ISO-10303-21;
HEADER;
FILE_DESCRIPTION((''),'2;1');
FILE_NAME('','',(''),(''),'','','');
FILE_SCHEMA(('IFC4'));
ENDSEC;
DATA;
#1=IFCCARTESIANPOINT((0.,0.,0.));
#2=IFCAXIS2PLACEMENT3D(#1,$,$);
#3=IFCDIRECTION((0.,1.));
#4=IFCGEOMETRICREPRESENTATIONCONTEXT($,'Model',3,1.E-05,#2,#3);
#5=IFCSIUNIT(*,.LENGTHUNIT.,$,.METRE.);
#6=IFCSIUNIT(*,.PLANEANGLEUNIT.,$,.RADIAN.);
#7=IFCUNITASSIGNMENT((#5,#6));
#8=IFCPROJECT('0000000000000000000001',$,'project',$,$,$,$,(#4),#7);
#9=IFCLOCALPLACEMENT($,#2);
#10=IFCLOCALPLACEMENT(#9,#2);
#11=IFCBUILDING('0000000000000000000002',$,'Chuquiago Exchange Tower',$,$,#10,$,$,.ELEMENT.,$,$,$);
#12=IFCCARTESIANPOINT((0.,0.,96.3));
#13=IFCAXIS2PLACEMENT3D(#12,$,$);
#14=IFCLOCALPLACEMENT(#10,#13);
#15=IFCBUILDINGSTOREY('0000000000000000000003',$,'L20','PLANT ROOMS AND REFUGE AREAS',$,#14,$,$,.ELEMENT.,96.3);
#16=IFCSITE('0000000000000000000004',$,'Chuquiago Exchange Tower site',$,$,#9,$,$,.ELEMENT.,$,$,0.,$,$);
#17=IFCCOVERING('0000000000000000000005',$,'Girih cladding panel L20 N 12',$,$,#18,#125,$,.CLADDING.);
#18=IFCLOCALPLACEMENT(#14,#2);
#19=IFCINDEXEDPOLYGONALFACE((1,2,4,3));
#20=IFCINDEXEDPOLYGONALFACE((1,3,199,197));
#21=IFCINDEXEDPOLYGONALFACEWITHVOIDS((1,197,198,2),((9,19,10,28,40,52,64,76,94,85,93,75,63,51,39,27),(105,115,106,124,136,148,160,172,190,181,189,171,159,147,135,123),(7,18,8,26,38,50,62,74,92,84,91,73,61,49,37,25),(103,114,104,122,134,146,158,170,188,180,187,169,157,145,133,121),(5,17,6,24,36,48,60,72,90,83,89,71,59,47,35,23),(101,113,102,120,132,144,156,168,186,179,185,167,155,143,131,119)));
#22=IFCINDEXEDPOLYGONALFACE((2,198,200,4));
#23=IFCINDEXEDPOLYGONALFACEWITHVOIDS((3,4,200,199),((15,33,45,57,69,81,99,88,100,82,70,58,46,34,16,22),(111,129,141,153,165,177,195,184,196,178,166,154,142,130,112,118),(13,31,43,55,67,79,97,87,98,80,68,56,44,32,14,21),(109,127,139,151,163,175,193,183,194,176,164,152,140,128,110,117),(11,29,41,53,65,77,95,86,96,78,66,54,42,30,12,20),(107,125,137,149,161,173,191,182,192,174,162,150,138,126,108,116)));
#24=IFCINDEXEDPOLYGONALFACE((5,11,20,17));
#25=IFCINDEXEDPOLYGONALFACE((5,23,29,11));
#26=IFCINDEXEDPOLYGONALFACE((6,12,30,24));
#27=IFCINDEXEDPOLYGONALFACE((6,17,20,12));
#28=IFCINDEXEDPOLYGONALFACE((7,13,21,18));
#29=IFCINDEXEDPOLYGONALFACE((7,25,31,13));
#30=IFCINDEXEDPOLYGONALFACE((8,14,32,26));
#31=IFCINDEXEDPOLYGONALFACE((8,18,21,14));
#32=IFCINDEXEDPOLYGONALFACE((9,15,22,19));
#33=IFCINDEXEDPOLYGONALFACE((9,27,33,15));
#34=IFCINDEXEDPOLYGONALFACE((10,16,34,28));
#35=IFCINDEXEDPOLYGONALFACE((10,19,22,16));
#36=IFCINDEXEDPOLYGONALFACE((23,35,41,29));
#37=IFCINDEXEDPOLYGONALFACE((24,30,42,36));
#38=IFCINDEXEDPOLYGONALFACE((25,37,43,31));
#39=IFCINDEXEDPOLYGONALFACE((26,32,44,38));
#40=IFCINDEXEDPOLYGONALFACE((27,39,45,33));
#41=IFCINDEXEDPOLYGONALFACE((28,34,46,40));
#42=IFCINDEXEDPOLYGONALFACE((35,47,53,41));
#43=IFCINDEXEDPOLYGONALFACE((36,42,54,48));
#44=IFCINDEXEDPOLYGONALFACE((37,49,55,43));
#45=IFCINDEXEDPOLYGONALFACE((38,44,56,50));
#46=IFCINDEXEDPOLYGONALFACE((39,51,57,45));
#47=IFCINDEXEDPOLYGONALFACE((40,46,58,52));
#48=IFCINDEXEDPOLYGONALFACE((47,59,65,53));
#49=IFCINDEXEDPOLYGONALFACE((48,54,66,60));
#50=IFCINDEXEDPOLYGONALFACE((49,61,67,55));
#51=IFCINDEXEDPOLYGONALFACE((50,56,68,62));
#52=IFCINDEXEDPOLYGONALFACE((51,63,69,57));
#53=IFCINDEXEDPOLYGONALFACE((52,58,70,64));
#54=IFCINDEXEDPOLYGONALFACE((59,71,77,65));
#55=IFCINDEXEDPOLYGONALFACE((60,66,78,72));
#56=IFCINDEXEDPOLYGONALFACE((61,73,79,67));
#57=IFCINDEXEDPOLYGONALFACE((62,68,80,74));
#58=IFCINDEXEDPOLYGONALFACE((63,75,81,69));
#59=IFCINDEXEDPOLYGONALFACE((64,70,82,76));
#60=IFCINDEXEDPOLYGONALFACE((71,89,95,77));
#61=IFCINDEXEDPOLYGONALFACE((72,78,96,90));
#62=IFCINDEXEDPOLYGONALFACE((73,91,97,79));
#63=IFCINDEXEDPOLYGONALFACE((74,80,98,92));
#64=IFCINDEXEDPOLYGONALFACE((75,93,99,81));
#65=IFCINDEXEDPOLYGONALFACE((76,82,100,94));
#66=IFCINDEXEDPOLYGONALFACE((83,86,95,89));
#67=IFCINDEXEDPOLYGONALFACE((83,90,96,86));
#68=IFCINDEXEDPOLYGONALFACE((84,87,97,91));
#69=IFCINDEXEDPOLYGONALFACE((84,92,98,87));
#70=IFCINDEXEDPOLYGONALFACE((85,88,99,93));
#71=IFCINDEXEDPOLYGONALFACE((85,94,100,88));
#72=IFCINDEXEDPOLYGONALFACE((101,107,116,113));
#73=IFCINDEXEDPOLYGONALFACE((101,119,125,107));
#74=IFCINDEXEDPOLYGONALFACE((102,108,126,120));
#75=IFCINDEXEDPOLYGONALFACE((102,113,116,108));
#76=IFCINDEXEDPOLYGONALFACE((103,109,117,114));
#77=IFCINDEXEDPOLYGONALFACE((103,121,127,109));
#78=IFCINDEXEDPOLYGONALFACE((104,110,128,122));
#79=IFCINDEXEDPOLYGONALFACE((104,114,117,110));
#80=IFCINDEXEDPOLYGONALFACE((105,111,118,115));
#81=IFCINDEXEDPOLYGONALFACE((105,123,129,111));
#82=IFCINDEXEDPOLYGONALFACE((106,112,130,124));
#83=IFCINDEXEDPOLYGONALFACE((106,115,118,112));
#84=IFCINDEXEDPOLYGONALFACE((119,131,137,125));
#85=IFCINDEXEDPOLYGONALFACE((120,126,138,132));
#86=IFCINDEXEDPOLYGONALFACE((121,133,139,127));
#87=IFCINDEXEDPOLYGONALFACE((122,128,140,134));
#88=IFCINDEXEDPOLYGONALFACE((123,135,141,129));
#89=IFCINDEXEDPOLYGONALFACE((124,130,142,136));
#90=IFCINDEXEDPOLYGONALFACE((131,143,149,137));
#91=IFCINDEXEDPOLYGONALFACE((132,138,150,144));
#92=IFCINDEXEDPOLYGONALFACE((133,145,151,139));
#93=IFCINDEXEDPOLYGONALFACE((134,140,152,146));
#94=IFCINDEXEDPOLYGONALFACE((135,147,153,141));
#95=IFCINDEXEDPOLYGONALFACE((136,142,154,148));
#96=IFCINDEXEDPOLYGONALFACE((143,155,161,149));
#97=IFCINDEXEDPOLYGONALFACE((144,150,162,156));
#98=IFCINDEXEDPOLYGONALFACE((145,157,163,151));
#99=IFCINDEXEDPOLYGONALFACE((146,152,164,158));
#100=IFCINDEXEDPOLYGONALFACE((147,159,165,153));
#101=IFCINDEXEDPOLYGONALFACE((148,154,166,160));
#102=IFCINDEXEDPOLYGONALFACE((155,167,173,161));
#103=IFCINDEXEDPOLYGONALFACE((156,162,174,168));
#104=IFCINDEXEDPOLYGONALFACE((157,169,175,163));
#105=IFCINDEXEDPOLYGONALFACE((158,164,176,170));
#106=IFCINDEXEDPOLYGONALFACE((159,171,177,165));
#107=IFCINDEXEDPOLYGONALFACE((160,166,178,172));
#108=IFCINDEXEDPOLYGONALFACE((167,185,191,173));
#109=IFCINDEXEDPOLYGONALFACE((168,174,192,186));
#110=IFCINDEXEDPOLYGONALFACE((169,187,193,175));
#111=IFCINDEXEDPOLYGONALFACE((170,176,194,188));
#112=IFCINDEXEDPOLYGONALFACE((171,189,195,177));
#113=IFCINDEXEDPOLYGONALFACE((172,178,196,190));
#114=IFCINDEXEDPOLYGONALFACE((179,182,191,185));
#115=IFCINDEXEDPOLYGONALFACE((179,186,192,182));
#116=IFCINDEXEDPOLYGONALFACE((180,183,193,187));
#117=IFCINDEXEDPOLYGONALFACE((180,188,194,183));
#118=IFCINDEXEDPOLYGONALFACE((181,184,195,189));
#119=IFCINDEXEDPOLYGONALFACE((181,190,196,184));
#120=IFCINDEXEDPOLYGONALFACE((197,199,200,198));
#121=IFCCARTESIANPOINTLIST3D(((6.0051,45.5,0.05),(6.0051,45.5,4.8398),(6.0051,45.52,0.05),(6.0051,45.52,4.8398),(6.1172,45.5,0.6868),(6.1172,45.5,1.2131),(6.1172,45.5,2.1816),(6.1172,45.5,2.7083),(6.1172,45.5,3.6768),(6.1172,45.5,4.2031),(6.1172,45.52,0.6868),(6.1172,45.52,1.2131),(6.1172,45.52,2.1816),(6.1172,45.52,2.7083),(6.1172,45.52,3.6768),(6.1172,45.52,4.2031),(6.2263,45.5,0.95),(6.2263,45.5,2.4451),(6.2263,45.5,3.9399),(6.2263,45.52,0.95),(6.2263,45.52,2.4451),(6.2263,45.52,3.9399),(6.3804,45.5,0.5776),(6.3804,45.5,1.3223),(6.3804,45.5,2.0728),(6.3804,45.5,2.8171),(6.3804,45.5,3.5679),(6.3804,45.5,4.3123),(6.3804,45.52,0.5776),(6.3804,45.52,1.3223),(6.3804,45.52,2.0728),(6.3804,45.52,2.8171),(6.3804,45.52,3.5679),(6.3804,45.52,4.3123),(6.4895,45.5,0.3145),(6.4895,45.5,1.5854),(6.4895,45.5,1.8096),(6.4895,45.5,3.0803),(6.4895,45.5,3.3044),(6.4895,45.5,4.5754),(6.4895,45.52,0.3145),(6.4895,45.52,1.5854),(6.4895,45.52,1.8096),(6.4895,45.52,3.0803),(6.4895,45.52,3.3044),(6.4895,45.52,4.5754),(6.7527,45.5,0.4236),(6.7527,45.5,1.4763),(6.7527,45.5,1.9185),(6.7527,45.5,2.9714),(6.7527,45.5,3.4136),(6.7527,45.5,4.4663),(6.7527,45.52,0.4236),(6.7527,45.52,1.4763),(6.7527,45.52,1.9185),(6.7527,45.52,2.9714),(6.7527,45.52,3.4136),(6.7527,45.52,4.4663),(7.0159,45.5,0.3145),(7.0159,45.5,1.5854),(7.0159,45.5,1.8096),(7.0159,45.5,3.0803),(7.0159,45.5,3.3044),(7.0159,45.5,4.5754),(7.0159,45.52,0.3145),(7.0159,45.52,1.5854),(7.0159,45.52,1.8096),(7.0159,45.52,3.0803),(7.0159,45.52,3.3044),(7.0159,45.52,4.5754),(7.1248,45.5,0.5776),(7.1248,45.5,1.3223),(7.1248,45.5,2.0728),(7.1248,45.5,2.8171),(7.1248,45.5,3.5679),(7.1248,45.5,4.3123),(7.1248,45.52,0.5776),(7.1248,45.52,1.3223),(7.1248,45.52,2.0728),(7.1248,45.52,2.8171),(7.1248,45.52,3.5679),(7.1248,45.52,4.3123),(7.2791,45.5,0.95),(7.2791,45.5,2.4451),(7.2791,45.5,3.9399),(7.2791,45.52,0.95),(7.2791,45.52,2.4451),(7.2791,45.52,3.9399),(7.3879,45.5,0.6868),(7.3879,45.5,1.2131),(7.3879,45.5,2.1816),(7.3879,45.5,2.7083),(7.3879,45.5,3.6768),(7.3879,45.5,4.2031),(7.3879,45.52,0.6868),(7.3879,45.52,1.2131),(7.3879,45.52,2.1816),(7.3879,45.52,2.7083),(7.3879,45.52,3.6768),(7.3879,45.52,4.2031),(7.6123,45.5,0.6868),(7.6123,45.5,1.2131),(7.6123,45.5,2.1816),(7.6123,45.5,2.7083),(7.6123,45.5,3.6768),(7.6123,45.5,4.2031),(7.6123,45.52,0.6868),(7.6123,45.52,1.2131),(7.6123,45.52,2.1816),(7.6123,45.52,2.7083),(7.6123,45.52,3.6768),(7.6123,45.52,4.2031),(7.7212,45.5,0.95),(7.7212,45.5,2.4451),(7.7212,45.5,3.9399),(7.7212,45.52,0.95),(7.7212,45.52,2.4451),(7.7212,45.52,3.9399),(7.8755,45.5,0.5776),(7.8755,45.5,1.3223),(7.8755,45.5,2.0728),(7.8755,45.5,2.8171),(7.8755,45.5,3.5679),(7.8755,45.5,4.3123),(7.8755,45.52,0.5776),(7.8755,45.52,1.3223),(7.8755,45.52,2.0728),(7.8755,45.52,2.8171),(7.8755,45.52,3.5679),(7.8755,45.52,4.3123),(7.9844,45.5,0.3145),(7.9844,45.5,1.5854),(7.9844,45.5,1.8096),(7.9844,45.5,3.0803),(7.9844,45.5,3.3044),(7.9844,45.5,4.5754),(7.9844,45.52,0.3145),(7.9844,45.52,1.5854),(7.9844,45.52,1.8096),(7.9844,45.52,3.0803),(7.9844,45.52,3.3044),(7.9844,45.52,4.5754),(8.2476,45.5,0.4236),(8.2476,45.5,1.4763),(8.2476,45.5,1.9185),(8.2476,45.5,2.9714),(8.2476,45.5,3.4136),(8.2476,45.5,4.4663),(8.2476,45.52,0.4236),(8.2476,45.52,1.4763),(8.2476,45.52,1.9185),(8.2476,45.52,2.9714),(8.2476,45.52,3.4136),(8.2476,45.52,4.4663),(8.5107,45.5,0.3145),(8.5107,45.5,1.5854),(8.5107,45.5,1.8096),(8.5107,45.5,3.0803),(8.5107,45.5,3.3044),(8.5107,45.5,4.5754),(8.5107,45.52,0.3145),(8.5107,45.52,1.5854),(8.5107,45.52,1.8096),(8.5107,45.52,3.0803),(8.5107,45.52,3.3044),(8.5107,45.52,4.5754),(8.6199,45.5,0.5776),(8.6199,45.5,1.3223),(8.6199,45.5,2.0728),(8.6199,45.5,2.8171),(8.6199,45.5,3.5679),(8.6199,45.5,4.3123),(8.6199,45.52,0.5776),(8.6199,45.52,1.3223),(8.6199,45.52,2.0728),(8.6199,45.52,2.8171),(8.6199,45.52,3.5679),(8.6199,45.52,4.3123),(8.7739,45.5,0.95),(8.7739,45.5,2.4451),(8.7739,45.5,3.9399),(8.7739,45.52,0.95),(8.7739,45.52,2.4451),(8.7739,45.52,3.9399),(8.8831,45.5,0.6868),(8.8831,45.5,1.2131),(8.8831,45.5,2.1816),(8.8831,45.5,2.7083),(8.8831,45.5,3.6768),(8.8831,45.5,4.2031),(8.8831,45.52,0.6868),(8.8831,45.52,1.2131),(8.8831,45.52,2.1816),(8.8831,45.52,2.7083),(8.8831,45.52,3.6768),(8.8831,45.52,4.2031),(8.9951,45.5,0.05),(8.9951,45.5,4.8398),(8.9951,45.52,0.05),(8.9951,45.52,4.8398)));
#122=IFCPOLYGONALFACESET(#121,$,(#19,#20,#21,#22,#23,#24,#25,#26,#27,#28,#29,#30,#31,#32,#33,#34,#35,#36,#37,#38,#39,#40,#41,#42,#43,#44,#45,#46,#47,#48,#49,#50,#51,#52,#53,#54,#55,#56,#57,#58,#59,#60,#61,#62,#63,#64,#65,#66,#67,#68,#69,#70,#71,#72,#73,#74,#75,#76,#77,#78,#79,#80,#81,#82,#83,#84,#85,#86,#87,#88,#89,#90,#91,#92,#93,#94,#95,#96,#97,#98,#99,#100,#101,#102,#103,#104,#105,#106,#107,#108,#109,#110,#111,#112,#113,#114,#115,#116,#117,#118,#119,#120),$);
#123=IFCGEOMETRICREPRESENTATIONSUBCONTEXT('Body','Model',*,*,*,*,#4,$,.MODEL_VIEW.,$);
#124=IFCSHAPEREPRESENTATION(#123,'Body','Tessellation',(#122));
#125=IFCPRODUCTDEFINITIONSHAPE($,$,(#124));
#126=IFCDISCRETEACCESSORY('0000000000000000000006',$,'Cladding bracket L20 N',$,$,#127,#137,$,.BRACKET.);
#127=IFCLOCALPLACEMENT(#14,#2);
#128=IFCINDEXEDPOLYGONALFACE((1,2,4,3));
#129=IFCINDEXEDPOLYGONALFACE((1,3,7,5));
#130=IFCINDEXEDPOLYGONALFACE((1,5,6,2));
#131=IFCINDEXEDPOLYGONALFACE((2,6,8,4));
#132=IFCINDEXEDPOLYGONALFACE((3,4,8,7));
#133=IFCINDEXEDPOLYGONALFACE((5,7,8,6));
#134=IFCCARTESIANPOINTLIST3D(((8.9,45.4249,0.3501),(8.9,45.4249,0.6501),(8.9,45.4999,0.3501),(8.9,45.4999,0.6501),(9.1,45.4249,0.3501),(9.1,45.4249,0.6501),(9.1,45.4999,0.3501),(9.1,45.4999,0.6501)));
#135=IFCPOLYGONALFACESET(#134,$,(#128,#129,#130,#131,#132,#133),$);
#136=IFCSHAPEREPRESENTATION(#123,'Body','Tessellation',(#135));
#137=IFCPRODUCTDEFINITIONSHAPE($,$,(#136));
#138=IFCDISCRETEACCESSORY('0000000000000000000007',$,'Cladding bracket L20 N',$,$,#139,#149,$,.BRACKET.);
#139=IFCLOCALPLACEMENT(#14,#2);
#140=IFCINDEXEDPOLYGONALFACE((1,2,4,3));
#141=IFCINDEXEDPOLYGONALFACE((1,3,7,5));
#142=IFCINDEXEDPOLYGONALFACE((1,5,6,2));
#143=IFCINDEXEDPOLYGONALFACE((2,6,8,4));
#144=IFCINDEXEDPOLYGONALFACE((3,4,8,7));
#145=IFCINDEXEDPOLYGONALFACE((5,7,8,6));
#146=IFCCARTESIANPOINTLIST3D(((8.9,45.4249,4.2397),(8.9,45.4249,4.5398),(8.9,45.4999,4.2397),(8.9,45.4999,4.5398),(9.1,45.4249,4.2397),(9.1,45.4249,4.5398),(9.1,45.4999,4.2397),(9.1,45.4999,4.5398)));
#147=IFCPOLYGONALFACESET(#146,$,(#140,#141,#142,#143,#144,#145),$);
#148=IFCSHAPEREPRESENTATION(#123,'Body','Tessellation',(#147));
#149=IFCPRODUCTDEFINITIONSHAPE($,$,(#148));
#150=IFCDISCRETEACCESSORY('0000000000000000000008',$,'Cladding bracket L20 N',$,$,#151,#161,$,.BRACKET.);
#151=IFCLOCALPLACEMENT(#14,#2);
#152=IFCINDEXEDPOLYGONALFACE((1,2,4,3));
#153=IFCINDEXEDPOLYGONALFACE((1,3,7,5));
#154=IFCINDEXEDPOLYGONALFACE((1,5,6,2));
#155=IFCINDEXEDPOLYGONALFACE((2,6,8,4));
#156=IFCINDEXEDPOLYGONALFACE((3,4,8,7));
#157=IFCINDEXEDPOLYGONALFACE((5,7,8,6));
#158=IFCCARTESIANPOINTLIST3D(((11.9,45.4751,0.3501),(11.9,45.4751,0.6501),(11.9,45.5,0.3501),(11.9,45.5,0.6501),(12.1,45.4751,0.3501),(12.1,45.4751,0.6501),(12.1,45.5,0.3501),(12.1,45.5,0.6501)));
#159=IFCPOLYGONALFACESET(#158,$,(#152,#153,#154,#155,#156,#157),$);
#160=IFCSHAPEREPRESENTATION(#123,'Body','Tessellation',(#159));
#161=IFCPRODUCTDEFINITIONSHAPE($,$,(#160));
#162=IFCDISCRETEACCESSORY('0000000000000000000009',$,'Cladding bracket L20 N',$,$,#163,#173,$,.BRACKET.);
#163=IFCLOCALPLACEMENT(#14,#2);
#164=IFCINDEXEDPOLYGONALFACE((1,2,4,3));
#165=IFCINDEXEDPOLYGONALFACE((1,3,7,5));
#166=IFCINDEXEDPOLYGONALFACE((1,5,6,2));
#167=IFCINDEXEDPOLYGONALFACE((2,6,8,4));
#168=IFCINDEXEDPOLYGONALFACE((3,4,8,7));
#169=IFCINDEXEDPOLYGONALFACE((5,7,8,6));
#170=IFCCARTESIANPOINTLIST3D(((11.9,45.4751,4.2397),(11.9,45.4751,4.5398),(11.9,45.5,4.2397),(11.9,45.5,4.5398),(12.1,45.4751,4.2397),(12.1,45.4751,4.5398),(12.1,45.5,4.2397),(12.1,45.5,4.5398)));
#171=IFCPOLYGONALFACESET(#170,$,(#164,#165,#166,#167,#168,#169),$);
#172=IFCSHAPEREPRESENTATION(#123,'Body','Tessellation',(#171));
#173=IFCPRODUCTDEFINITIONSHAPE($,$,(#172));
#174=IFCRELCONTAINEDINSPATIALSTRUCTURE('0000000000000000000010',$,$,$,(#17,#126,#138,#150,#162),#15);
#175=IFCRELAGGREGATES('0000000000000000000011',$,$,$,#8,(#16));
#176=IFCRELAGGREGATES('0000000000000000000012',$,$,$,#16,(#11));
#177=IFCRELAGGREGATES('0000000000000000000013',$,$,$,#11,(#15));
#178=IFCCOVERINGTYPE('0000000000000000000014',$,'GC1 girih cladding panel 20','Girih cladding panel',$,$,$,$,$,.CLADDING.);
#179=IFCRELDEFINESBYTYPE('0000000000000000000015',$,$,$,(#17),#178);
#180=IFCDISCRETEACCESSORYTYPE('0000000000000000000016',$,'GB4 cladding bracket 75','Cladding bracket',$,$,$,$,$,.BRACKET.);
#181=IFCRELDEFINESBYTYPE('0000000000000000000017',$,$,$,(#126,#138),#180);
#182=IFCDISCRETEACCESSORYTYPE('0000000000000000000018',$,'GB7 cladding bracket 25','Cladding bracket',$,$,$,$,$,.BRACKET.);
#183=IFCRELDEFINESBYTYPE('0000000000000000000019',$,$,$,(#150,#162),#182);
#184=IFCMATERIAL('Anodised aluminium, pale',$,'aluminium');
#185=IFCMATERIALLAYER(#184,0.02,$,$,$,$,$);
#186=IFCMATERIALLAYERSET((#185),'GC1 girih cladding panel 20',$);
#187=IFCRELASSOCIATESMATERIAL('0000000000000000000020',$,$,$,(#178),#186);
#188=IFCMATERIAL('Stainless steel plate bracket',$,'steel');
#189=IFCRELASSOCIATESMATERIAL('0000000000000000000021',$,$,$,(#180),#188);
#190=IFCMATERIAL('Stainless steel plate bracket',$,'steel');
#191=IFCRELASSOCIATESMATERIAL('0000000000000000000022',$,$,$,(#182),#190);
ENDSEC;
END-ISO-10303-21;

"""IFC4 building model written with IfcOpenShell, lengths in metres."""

from ifc_helpers import new_model, si_unit, direction, frame, origin, origin_2d, place, context, subcontext, project, spatial, polyline, rectangle, outline, extrude, material, layer, layer_set, type_object, element, save


model = new_model("IFC4")

# Units and contexts
model_context = context("Model", 3, precision=1e-05, world=origin(), true_north=direction((0.0, 1.0)))
body_context = subcontext(model_context, "Body", "Model", "MODEL_VIEW")
ifc_project = project(units=[si_unit("LENGTHUNIT", "METRE"), si_unit("PLANEANGLEUNIT", "RADIAN")], contexts=[model_context])

# Site, building, storey
site_placement = place(None, origin())
site = spatial("IfcSite", under=ifc_project, at=site_placement, Name="Chuquiago Exchange Tower site", CompositionType="ELEMENT", RefElevation=0.0)
building_placement = place(site_placement, origin())
building = spatial("IfcBuilding", under=site, at=building_placement, Name="Chuquiago Exchange Tower", CompositionType="ELEMENT")
storey_placement = place(building_placement, frame((0.0, 0.0, 96.3)))
storey = spatial("IfcBuildingStorey", under=building, at=storey_placement, Name="L20", Description="PLANT ROOMS AND REFUGE AREAS", CompositionType="ELEMENT", Elevation=96.3)

# Covering
ifc_material_1 = material(Name="Anodised aluminium, pale", Category="aluminium")
ifc_layer_1 = layer(ifc_material_1, 0.02)
ifc_layer_set_1 = layer_set([ifc_layer_1], Name="GC1 girih cladding panel 20")
covering_type = type_object("IfcCoveringType", Name="GC1 girih cladding panel 20", Description="Girih cladding panel", PredefinedType="CLADDING", material=ifc_layer_set_1)
covering_1_placement = place(storey_placement, frame((8.9951, 45.5, 0.05), z_axis=(0.0, 0.0, 1.0), x_axis=(-1.0, 0.0, 0.0)))
element("IfcCovering", 1, at=covering_1_placement, inside=storey, type_object=covering_type, Name="Girih cladding panel L20 N 12", PredefinedType="CLADDING", context=body_context, shape_type="SweptSolid", body=[
    extrude(outline(polyline([(0.0, 0.0), (2.99, 0.0), (2.99, 4.7898), (0.0, 4.7898), (0.0, 0.0)]), holes=[polyline([(1.2739, 0.8999), (1.3828, 1.1631), (1.1196, 1.2722), (1.0107, 1.5354), (0.7476, 1.4263), (0.4844, 1.5354), (0.3752, 1.2722), (0.1121, 1.1631), (0.2212, 0.8999), (0.1121, 0.6367), (0.3752, 0.5276), (0.4844, 0.2644), (0.7476, 0.3735), (1.0107, 0.2644), (1.1196, 0.5276), (1.3828, 0.6367), (1.2739, 0.8999)]), polyline([(2.7688, 0.8999), (2.8779, 1.1631), (2.6147, 1.2722), (2.5056, 1.5354), (2.2424, 1.4263), (1.9792, 1.5354), (1.8704, 1.2722), (1.6072, 1.1631), (1.7161, 0.8999), (1.6072, 0.6367), (1.8704, 0.5276), (1.9792, 0.2644), (2.2424, 0.3735), (2.5056, 0.2644), (2.6147, 0.5276), (2.8779, 0.6367), (2.7688, 0.8999)]), polyline([(1.2739, 2.395), (1.3828, 2.6582), (1.1196, 2.7671), (1.0107, 3.0303), (0.7476, 2.9214), (0.4844, 3.0303), (0.3752, 2.7671), (0.1121, 2.6582), (0.2212, 2.395), (0.1121, 2.1316), (0.3752, 2.0227), (0.4844, 1.7595), (0.7476, 1.8684), (1.0107, 1.7595), (1.1196, 2.0227), (1.3828, 2.1316), (1.2739, 2.395)]), polyline([(2.7688, 2.395), (2.8779, 2.6582), (2.6147, 2.7671), (2.5056, 3.0303), (2.2424, 2.9214), (1.9792, 3.0303), (1.8704, 2.7671), (1.6072, 2.6582), (1.7161, 2.395), (1.6072, 2.1316), (1.8704, 2.0227), (1.9792, 1.7595), (2.2424, 1.8684), (2.5056, 1.7595), (2.6147, 2.0227), (2.8779, 2.1316), (2.7688, 2.395)]), polyline([(1.2739, 3.8899), (1.3828, 4.1531), (1.1196, 4.2622), (1.0107, 4.5254), (0.7476, 4.4163), (0.4844, 4.5254), (0.3752, 4.2622), (0.1121, 4.1531), (0.2212, 3.8899), (0.1121, 3.6267), (0.3752, 3.5178), (0.4844, 3.2544), (0.7476, 3.3635), (1.0107, 3.2544), (1.1196, 3.5178), (1.3828, 3.6267), (1.2739, 3.8899)]), polyline([(2.7688, 3.8899), (2.8779, 4.1531), (2.6147, 4.2622), (2.5056, 4.5254), (2.2424, 4.4163), (1.9792, 4.5254), (1.8704, 4.2622), (1.6072, 4.1531), (1.7161, 3.8899), (1.6072, 3.6267), (1.8704, 3.5178), (1.9792, 3.2544), (2.2424, 3.3635), (2.5056, 3.2544), (2.6147, 3.5178), (2.8779, 3.6267), (2.7688, 3.8899)])]), frame((0.0, 0.0, 0.0), z_axis=(0.0, -1.0, 0.0), x_axis=(1.0, 0.0, 0.0)), (0.0, 0.0, 1.0), 0.02),
])

# Discrete accessories
ifc_material_2 = material(Name="Stainless steel plate bracket", Category="steel")
discrete_accessory_type_1 = type_object("IfcDiscreteAccessoryType", Name="GB4 cladding bracket 75", Description="Cladding bracket", PredefinedType="BRACKET", material=ifc_material_2)
for number, where, z_axis, x_axis, name in (
    (2, (9.0, 45.4624, 0.3501), (0.0, 0.0, 1.0), (-1.0, 0.0, 0.0), "Cladding bracket L20 N"),
    (3, (9.0, 45.4624, 4.2397), (0.0, 0.0, 1.0), (-1.0, 0.0, 0.0), "Cladding bracket L20 N"),
):
    element("IfcDiscreteAccessory", number, at=place(storey_placement, frame(where, z_axis=z_axis, x_axis=x_axis)), inside=storey, type_object=discrete_accessory_type_1, Name=name, PredefinedType="BRACKET", context=body_context, shape_type="SweptSolid", body=[
        extrude(rectangle(XDim=0.2, YDim=0.075, at=origin_2d()), origin(), (0.0, 0.0, 1.0), 0.3),
    ])
ifc_material_3 = material(Name="Stainless steel plate bracket", Category="steel")
discrete_accessory_type_2 = type_object("IfcDiscreteAccessoryType", Name="GB7 cladding bracket 25", Description="Cladding bracket", PredefinedType="BRACKET", material=ifc_material_3)
for number, where, z_axis, x_axis, name in (
    (4, (12.0, 45.4875, 0.3501), (0.0, 0.0, 1.0), (-1.0, 0.0, 0.0), "Cladding bracket L20 N"),
    (5, (12.0, 45.4875, 4.2397), (0.0, 0.0, 1.0), (-1.0, 0.0, 0.0), "Cladding bracket L20 N"),
):
    element("IfcDiscreteAccessory", number, at=place(storey_placement, frame(where, z_axis=z_axis, x_axis=x_axis)), inside=storey, type_object=discrete_accessory_type_2, Name=name, PredefinedType="BRACKET", context=body_context, shape_type="SweptSolid", body=[
        extrude(rectangle(XDim=0.2, YDim=0.0249, at=origin_2d()), origin(), (0.0, 0.0, 1.0), 0.3),
    ])

save(model, "model.ifc")
